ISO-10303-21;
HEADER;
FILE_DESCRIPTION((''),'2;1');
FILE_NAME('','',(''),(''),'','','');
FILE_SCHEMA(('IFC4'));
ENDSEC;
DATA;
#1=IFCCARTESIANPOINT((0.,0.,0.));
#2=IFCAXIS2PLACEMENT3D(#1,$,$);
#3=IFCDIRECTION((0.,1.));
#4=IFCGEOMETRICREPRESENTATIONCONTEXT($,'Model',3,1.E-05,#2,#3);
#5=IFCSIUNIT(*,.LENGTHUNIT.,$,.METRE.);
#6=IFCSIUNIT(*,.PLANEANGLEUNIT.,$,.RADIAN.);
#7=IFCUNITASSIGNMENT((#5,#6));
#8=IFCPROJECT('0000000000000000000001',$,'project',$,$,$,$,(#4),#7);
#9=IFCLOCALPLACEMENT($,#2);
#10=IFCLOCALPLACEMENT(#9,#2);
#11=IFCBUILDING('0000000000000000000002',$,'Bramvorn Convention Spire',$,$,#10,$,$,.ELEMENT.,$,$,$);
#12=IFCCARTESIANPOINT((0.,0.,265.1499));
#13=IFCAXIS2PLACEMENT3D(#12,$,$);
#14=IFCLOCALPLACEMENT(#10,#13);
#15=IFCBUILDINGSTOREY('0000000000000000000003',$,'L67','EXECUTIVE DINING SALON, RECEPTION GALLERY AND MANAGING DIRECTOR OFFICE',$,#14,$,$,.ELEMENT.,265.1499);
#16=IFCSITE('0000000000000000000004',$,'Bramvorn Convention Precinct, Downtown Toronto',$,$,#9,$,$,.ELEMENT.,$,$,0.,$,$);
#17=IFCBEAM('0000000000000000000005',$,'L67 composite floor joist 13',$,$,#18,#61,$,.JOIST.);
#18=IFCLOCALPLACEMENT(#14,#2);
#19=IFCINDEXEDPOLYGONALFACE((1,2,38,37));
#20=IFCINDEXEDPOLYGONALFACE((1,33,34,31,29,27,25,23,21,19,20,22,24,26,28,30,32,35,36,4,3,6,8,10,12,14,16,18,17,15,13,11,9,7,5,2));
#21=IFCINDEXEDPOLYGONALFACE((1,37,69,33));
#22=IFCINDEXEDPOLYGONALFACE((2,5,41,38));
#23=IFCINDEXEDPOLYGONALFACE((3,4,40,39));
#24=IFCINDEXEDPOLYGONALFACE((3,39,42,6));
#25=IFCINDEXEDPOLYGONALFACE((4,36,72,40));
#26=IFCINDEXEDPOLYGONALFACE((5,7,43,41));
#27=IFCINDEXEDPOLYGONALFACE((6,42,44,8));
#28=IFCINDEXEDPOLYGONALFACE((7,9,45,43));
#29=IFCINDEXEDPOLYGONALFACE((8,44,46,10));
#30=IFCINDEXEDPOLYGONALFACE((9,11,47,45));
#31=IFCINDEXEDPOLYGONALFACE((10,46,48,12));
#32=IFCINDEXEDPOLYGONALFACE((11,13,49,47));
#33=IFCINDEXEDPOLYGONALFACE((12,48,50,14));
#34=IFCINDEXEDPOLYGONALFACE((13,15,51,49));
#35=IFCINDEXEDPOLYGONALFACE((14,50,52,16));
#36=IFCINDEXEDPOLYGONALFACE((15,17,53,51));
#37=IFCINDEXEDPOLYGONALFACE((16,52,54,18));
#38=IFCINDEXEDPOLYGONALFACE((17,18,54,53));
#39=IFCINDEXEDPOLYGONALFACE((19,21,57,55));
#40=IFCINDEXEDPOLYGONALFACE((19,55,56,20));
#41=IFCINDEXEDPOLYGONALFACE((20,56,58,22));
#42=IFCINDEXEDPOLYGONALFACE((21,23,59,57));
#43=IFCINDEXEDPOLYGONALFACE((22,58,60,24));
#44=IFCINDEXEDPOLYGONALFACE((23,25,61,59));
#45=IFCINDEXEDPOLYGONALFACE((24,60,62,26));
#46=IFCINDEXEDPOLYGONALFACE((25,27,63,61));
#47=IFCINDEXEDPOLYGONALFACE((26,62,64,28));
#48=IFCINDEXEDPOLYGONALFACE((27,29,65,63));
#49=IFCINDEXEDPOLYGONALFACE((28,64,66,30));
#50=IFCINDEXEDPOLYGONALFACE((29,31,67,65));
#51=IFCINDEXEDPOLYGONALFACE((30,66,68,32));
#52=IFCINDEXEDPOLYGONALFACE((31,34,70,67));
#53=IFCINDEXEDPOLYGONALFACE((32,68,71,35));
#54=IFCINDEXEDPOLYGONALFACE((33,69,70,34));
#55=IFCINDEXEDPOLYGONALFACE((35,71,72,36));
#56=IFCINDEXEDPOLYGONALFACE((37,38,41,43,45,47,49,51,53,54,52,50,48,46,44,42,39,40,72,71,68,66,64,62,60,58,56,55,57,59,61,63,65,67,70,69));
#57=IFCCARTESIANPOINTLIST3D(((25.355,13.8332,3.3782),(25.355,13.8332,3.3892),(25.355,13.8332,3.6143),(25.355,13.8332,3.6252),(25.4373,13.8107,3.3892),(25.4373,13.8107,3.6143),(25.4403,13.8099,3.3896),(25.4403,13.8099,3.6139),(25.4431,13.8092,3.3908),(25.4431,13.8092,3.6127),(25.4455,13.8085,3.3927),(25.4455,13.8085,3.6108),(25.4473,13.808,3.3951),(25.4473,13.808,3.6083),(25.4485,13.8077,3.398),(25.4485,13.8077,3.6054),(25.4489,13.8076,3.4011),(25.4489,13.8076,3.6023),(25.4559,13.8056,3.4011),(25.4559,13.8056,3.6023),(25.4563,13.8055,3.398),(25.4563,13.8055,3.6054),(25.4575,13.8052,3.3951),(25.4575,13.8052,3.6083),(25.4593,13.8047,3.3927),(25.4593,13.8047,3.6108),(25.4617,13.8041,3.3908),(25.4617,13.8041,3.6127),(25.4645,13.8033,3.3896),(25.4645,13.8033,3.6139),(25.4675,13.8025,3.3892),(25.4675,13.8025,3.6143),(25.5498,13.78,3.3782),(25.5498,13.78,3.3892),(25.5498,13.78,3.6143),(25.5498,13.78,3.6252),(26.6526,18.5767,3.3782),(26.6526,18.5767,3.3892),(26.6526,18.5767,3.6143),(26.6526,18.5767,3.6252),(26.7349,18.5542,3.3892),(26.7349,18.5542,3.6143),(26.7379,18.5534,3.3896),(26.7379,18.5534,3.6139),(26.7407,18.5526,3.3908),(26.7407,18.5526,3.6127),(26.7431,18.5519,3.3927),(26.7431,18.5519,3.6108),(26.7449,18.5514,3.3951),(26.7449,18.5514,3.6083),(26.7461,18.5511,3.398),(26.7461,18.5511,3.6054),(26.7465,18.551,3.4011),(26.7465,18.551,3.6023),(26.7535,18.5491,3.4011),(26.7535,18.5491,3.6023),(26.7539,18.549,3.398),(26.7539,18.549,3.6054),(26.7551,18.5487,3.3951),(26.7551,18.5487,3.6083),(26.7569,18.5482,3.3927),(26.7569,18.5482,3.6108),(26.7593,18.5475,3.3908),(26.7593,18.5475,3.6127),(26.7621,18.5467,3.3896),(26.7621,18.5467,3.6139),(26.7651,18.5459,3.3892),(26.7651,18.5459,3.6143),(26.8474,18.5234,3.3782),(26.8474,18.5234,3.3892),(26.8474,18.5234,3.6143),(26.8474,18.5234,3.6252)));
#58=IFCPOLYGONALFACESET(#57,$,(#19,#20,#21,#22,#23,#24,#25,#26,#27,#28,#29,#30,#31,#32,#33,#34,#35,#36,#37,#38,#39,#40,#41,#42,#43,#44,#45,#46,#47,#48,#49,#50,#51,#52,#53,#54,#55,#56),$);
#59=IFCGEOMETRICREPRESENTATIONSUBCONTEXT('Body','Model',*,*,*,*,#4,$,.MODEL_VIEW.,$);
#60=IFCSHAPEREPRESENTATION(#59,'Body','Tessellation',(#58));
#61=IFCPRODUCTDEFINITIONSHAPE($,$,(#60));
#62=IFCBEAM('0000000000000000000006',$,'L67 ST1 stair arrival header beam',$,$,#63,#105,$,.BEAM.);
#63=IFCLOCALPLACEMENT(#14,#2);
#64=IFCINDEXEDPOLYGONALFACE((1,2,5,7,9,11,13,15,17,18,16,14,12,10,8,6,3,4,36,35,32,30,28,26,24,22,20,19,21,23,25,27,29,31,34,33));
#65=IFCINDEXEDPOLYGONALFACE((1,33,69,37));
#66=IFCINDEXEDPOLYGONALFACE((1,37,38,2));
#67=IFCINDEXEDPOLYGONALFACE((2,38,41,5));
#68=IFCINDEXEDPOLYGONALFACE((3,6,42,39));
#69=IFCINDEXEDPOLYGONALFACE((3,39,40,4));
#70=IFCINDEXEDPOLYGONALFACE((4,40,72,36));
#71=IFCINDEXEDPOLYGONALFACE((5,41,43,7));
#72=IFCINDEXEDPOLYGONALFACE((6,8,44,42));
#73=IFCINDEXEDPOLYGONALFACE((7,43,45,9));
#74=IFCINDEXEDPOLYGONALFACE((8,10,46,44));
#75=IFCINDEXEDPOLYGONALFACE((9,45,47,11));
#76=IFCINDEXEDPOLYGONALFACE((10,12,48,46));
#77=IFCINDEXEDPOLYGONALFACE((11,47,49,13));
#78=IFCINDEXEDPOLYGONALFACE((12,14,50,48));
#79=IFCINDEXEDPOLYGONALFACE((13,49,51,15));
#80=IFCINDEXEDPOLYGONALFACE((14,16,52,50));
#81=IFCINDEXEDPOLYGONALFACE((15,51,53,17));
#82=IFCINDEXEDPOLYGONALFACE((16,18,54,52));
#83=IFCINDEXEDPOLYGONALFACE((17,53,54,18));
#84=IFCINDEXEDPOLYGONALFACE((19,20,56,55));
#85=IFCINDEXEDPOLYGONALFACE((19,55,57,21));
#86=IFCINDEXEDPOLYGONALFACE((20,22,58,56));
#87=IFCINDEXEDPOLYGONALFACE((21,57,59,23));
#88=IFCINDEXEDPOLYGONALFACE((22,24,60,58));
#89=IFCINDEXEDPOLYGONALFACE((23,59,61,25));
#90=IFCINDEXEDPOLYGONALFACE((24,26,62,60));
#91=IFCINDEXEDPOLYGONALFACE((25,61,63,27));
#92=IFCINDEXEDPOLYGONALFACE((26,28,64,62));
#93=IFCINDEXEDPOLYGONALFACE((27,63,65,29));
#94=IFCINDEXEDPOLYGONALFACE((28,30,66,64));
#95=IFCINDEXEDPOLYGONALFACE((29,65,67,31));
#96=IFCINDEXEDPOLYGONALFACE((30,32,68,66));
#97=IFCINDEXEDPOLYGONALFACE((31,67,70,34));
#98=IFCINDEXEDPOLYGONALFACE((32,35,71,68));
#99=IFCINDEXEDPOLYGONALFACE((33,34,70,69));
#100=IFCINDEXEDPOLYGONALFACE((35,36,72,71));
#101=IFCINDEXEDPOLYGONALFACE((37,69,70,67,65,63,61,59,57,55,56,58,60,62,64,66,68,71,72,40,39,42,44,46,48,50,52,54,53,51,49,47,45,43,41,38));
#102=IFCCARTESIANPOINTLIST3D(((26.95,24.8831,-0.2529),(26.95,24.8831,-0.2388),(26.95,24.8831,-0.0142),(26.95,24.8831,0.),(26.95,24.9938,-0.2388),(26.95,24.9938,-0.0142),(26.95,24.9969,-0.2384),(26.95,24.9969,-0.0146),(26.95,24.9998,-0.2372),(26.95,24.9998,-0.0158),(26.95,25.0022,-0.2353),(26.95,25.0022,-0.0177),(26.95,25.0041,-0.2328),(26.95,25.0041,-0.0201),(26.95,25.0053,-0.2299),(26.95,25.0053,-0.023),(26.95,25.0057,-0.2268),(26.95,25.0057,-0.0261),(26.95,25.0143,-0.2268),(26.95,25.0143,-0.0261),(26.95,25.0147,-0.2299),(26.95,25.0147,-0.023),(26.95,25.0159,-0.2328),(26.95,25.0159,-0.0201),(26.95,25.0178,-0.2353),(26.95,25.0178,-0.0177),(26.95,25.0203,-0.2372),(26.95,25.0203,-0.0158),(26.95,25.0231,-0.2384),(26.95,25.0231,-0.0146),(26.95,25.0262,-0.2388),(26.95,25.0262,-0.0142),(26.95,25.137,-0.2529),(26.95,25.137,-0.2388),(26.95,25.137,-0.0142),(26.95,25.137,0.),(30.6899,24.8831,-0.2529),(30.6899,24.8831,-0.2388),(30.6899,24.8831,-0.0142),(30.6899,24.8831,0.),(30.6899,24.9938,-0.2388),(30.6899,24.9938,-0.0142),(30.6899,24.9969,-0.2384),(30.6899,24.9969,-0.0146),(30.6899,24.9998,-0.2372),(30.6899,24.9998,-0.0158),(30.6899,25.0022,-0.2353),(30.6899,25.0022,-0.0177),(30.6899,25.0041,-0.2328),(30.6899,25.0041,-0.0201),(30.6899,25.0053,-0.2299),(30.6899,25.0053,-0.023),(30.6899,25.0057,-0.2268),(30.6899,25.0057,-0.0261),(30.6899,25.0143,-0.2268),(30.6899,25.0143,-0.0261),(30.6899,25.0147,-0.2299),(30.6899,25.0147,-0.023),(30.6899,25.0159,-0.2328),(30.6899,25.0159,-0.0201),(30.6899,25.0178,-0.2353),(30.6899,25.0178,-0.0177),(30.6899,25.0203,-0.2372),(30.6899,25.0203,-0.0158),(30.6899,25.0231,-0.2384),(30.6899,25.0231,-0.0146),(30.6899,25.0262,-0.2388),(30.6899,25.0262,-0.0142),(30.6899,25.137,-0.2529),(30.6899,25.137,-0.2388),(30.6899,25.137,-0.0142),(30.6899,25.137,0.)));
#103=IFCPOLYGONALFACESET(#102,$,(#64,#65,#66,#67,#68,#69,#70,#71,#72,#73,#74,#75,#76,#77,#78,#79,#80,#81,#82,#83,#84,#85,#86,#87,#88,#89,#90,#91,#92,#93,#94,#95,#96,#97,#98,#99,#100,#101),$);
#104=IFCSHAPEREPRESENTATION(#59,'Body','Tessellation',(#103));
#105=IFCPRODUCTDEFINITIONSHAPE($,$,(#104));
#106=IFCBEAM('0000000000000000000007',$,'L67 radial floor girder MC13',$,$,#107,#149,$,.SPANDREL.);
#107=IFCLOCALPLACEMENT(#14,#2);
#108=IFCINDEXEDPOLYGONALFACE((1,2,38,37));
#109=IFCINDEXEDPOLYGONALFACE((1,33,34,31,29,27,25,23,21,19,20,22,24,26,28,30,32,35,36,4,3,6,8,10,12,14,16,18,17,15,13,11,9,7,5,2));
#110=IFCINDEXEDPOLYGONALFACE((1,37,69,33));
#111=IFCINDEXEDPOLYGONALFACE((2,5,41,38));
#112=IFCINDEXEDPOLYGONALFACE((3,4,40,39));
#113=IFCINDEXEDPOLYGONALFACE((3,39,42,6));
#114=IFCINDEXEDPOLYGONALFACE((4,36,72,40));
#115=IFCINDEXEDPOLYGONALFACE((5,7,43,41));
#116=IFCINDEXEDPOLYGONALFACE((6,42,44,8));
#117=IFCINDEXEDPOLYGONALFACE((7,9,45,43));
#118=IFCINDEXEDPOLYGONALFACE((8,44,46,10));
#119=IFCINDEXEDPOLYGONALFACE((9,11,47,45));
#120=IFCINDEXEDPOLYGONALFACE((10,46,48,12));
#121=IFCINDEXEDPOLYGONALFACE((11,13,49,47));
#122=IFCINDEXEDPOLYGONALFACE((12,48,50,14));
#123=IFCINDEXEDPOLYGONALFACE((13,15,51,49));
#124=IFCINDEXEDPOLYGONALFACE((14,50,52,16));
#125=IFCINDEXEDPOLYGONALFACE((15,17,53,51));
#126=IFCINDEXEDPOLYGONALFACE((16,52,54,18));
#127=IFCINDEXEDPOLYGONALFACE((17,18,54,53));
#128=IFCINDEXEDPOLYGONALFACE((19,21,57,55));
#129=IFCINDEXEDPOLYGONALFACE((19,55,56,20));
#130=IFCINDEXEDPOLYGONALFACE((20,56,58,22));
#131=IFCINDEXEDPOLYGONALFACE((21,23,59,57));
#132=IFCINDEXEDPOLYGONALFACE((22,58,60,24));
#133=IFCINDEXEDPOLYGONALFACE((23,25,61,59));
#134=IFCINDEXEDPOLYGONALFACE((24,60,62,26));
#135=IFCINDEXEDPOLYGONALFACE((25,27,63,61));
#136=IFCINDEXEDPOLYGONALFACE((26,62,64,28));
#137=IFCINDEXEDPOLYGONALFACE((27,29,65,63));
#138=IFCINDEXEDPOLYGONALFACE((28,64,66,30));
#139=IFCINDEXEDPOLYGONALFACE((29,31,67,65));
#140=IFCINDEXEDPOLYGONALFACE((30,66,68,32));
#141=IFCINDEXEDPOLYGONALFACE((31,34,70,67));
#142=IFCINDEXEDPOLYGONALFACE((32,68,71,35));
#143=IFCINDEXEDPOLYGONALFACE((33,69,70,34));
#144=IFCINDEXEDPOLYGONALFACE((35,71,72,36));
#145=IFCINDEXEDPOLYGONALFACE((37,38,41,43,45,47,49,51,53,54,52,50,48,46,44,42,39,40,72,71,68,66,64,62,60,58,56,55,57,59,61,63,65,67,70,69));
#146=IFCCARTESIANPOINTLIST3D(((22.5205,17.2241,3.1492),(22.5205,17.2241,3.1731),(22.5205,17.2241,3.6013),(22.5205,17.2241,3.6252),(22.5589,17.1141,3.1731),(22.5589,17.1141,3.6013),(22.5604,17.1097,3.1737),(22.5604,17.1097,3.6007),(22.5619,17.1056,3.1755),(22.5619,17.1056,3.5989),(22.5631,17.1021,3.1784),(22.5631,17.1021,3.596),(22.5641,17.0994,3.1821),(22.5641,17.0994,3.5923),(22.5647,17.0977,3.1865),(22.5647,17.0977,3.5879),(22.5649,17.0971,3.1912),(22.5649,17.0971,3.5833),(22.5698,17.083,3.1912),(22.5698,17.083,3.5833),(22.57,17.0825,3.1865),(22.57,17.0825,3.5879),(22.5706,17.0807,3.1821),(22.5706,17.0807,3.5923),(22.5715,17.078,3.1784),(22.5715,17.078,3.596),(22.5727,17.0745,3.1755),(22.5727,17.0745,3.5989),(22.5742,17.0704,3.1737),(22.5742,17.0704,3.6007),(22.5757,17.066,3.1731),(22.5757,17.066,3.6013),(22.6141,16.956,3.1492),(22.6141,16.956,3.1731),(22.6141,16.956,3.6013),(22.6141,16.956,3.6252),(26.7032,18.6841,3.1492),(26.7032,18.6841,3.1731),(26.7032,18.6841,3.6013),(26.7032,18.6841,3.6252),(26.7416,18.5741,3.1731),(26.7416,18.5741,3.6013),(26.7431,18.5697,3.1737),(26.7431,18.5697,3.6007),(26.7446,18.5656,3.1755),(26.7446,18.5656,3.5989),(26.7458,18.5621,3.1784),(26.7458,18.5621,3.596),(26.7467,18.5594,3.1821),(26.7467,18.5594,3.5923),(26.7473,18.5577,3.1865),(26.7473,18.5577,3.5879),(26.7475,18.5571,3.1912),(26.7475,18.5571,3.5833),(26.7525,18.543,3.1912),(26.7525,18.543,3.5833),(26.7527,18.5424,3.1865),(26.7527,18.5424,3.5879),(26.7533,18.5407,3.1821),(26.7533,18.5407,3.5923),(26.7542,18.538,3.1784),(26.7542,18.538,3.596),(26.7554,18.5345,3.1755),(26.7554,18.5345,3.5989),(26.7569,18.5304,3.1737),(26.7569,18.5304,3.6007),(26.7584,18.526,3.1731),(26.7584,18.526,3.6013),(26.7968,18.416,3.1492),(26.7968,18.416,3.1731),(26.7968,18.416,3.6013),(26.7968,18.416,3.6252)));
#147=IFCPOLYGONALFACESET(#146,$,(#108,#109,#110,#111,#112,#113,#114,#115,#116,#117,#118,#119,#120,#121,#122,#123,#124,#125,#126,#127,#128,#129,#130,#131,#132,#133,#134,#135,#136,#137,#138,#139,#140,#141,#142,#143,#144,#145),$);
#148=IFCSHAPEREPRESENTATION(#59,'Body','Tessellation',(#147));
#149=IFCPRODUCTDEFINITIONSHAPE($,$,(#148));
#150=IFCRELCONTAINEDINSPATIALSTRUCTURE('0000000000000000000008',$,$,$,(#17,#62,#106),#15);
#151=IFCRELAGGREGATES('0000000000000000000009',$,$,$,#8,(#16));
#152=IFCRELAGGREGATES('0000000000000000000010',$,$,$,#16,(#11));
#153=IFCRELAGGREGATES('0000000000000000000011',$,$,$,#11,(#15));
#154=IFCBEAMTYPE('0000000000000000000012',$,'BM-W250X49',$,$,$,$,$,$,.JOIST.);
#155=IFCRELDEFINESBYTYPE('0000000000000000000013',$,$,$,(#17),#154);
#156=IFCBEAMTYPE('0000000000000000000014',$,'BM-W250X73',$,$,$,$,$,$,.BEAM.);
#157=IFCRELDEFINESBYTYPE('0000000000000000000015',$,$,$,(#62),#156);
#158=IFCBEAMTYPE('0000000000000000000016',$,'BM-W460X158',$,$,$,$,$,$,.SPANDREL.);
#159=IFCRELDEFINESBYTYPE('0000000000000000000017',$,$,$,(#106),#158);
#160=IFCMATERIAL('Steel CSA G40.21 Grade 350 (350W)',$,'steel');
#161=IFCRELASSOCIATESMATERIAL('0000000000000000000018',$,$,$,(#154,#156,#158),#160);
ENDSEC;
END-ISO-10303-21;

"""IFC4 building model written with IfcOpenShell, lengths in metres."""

from ifc_helpers import new_model, si_unit, direction, frame, origin, origin_2d, place, context, subcontext, project, spatial, i_section, extrude, material, material_profile, profile_set, type_object, element, save


model = new_model("IFC4")

# Units and contexts
model_context = context("Model", 3, precision=1e-05, world=origin(), true_north=direction((0.0, 1.0)))
body_context = subcontext(model_context, "Body", "Model", "MODEL_VIEW")
ifc_project = project(units=[si_unit("LENGTHUNIT", "METRE"), si_unit("PLANEANGLEUNIT", "RADIAN")], contexts=[model_context])

# Site, building, storey
site_placement = place(None, origin())
site = spatial("IfcSite", under=ifc_project, at=site_placement, Name="Bramvorn Convention Precinct, Downtown Toronto", CompositionType="ELEMENT", RefElevation=0.0)
building_placement = place(site_placement, origin())
building = spatial("IfcBuilding", under=site, at=building_placement, Name="Bramvorn Convention Spire", CompositionType="ELEMENT")
storey_placement = place(building_placement, frame((0.0, 0.0, 265.1499)))
storey = spatial("IfcBuildingStorey", under=building, at=storey_placement, Name="L67", Description="EXECUTIVE DINING SALON, RECEPTION GALLERY AND MANAGING DIRECTOR OFFICE", CompositionType="ELEMENT", Elevation=265.1499)

# Beams
ifc_material_1 = material(Name="Steel CSA G40.21 Grade 350 (350W)", Category="steel")
ifc_material_profile_1 = material_profile(ifc_material_1, i_section(OverallWidth=0.2019, OverallDepth=0.2471, WebThickness=0.0073, FlangeThickness=0.011, FilletRadius=0.012, at=origin_2d()))
ifc_profile_set_1 = profile_set([ifc_material_profile_1], Name="Steel CSA G40.21 Grade 350 (350W) - W250X49")
beam_type_1 = type_object("IfcBeamType", Name="BM-W250X49", PredefinedType="JOIST", material=ifc_profile_set_1)
beam_1_placement = place(storey_placement, frame((26.75, 18.55, 3.5017), z_axis=(-0.263865, -0.96456, 0.0), x_axis=(0.96456, -0.263865, 0.0)))
element("IfcBeam", 1, at=beam_1_placement, inside=storey, type_object=beam_type_1, Name="L67 composite floor joist 13", PredefinedType="JOIST", context=body_context, shape_type="SweptSolid", body=[
    extrude(i_section(OverallWidth=0.2019, OverallDepth=0.2471, WebThickness=0.0073, FlangeThickness=0.011, FilletRadius=0.012, at=origin_2d()), origin(), (0.0, 0.0, 1.0), 4.9177),
])
ifc_material_profile_2 = material_profile(ifc_material_1, i_section(OverallWidth=0.2539, OverallDepth=0.2529, WebThickness=0.0085, FlangeThickness=0.0142, FilletRadius=0.012, at=origin_2d()))
ifc_profile_set_2 = profile_set([ifc_material_profile_2], Name="Steel CSA G40.21 Grade 350 (350W) - W250X73")
beam_type_2 = type_object("IfcBeamType", Name="BM-W250X73", PredefinedType="BEAM", material=ifc_profile_set_2)
beam_2_placement = place(storey_placement, frame((26.95, 25.01, -0.1265), z_axis=(1.0, 0.0, 0.0), x_axis=(0.0, 1.0, 0.0)))
element("IfcBeam", 2, at=beam_2_placement, inside=storey, type_object=beam_type_2, Name="L67 ST1 stair arrival header beam", PredefinedType="BEAM", context=body_context, shape_type="SweptSolid", body=[
    extrude(i_section(OverallWidth=0.2539, OverallDepth=0.2529, WebThickness=0.0085, FlangeThickness=0.0142, FilletRadius=0.012, at=origin_2d()), origin(), (0.0, 0.0, 1.0), 3.74),
])
ifc_material_profile_3 = material_profile(ifc_material_1, i_section(OverallWidth=0.2839, OverallDepth=0.4761, WebThickness=0.0149, FlangeThickness=0.0239, FilletRadius=0.0181, at=origin_2d()))
ifc_profile_set_3 = profile_set([ifc_material_profile_3], Name="Steel CSA G40.21 Grade 350 (350W) - W460X158")
beam_type_3 = type_object("IfcBeamType", Name="BM-W460X158", PredefinedType="SPANDREL", material=ifc_profile_set_3)
beam_3_placement = place(storey_placement, frame((26.75, 18.55, 3.3872), z_axis=(-0.944136, -0.329555, 0.0), x_axis=(0.329555, -0.944136, 0.0)))
element("IfcBeam", 3, at=beam_3_placement, inside=storey, type_object=beam_type_3, Name="L67 radial floor girder MC13", PredefinedType="SPANDREL", context=body_context, shape_type="SweptSolid", body=[
    extrude(i_section(OverallWidth=0.2839, OverallDepth=0.4761, WebThickness=0.0149, FlangeThickness=0.0239, FilletRadius=0.0181, at=origin_2d()), origin(), (0.0, 0.0, 1.0), 4.4302),
])

save(model, "model.ifc")
